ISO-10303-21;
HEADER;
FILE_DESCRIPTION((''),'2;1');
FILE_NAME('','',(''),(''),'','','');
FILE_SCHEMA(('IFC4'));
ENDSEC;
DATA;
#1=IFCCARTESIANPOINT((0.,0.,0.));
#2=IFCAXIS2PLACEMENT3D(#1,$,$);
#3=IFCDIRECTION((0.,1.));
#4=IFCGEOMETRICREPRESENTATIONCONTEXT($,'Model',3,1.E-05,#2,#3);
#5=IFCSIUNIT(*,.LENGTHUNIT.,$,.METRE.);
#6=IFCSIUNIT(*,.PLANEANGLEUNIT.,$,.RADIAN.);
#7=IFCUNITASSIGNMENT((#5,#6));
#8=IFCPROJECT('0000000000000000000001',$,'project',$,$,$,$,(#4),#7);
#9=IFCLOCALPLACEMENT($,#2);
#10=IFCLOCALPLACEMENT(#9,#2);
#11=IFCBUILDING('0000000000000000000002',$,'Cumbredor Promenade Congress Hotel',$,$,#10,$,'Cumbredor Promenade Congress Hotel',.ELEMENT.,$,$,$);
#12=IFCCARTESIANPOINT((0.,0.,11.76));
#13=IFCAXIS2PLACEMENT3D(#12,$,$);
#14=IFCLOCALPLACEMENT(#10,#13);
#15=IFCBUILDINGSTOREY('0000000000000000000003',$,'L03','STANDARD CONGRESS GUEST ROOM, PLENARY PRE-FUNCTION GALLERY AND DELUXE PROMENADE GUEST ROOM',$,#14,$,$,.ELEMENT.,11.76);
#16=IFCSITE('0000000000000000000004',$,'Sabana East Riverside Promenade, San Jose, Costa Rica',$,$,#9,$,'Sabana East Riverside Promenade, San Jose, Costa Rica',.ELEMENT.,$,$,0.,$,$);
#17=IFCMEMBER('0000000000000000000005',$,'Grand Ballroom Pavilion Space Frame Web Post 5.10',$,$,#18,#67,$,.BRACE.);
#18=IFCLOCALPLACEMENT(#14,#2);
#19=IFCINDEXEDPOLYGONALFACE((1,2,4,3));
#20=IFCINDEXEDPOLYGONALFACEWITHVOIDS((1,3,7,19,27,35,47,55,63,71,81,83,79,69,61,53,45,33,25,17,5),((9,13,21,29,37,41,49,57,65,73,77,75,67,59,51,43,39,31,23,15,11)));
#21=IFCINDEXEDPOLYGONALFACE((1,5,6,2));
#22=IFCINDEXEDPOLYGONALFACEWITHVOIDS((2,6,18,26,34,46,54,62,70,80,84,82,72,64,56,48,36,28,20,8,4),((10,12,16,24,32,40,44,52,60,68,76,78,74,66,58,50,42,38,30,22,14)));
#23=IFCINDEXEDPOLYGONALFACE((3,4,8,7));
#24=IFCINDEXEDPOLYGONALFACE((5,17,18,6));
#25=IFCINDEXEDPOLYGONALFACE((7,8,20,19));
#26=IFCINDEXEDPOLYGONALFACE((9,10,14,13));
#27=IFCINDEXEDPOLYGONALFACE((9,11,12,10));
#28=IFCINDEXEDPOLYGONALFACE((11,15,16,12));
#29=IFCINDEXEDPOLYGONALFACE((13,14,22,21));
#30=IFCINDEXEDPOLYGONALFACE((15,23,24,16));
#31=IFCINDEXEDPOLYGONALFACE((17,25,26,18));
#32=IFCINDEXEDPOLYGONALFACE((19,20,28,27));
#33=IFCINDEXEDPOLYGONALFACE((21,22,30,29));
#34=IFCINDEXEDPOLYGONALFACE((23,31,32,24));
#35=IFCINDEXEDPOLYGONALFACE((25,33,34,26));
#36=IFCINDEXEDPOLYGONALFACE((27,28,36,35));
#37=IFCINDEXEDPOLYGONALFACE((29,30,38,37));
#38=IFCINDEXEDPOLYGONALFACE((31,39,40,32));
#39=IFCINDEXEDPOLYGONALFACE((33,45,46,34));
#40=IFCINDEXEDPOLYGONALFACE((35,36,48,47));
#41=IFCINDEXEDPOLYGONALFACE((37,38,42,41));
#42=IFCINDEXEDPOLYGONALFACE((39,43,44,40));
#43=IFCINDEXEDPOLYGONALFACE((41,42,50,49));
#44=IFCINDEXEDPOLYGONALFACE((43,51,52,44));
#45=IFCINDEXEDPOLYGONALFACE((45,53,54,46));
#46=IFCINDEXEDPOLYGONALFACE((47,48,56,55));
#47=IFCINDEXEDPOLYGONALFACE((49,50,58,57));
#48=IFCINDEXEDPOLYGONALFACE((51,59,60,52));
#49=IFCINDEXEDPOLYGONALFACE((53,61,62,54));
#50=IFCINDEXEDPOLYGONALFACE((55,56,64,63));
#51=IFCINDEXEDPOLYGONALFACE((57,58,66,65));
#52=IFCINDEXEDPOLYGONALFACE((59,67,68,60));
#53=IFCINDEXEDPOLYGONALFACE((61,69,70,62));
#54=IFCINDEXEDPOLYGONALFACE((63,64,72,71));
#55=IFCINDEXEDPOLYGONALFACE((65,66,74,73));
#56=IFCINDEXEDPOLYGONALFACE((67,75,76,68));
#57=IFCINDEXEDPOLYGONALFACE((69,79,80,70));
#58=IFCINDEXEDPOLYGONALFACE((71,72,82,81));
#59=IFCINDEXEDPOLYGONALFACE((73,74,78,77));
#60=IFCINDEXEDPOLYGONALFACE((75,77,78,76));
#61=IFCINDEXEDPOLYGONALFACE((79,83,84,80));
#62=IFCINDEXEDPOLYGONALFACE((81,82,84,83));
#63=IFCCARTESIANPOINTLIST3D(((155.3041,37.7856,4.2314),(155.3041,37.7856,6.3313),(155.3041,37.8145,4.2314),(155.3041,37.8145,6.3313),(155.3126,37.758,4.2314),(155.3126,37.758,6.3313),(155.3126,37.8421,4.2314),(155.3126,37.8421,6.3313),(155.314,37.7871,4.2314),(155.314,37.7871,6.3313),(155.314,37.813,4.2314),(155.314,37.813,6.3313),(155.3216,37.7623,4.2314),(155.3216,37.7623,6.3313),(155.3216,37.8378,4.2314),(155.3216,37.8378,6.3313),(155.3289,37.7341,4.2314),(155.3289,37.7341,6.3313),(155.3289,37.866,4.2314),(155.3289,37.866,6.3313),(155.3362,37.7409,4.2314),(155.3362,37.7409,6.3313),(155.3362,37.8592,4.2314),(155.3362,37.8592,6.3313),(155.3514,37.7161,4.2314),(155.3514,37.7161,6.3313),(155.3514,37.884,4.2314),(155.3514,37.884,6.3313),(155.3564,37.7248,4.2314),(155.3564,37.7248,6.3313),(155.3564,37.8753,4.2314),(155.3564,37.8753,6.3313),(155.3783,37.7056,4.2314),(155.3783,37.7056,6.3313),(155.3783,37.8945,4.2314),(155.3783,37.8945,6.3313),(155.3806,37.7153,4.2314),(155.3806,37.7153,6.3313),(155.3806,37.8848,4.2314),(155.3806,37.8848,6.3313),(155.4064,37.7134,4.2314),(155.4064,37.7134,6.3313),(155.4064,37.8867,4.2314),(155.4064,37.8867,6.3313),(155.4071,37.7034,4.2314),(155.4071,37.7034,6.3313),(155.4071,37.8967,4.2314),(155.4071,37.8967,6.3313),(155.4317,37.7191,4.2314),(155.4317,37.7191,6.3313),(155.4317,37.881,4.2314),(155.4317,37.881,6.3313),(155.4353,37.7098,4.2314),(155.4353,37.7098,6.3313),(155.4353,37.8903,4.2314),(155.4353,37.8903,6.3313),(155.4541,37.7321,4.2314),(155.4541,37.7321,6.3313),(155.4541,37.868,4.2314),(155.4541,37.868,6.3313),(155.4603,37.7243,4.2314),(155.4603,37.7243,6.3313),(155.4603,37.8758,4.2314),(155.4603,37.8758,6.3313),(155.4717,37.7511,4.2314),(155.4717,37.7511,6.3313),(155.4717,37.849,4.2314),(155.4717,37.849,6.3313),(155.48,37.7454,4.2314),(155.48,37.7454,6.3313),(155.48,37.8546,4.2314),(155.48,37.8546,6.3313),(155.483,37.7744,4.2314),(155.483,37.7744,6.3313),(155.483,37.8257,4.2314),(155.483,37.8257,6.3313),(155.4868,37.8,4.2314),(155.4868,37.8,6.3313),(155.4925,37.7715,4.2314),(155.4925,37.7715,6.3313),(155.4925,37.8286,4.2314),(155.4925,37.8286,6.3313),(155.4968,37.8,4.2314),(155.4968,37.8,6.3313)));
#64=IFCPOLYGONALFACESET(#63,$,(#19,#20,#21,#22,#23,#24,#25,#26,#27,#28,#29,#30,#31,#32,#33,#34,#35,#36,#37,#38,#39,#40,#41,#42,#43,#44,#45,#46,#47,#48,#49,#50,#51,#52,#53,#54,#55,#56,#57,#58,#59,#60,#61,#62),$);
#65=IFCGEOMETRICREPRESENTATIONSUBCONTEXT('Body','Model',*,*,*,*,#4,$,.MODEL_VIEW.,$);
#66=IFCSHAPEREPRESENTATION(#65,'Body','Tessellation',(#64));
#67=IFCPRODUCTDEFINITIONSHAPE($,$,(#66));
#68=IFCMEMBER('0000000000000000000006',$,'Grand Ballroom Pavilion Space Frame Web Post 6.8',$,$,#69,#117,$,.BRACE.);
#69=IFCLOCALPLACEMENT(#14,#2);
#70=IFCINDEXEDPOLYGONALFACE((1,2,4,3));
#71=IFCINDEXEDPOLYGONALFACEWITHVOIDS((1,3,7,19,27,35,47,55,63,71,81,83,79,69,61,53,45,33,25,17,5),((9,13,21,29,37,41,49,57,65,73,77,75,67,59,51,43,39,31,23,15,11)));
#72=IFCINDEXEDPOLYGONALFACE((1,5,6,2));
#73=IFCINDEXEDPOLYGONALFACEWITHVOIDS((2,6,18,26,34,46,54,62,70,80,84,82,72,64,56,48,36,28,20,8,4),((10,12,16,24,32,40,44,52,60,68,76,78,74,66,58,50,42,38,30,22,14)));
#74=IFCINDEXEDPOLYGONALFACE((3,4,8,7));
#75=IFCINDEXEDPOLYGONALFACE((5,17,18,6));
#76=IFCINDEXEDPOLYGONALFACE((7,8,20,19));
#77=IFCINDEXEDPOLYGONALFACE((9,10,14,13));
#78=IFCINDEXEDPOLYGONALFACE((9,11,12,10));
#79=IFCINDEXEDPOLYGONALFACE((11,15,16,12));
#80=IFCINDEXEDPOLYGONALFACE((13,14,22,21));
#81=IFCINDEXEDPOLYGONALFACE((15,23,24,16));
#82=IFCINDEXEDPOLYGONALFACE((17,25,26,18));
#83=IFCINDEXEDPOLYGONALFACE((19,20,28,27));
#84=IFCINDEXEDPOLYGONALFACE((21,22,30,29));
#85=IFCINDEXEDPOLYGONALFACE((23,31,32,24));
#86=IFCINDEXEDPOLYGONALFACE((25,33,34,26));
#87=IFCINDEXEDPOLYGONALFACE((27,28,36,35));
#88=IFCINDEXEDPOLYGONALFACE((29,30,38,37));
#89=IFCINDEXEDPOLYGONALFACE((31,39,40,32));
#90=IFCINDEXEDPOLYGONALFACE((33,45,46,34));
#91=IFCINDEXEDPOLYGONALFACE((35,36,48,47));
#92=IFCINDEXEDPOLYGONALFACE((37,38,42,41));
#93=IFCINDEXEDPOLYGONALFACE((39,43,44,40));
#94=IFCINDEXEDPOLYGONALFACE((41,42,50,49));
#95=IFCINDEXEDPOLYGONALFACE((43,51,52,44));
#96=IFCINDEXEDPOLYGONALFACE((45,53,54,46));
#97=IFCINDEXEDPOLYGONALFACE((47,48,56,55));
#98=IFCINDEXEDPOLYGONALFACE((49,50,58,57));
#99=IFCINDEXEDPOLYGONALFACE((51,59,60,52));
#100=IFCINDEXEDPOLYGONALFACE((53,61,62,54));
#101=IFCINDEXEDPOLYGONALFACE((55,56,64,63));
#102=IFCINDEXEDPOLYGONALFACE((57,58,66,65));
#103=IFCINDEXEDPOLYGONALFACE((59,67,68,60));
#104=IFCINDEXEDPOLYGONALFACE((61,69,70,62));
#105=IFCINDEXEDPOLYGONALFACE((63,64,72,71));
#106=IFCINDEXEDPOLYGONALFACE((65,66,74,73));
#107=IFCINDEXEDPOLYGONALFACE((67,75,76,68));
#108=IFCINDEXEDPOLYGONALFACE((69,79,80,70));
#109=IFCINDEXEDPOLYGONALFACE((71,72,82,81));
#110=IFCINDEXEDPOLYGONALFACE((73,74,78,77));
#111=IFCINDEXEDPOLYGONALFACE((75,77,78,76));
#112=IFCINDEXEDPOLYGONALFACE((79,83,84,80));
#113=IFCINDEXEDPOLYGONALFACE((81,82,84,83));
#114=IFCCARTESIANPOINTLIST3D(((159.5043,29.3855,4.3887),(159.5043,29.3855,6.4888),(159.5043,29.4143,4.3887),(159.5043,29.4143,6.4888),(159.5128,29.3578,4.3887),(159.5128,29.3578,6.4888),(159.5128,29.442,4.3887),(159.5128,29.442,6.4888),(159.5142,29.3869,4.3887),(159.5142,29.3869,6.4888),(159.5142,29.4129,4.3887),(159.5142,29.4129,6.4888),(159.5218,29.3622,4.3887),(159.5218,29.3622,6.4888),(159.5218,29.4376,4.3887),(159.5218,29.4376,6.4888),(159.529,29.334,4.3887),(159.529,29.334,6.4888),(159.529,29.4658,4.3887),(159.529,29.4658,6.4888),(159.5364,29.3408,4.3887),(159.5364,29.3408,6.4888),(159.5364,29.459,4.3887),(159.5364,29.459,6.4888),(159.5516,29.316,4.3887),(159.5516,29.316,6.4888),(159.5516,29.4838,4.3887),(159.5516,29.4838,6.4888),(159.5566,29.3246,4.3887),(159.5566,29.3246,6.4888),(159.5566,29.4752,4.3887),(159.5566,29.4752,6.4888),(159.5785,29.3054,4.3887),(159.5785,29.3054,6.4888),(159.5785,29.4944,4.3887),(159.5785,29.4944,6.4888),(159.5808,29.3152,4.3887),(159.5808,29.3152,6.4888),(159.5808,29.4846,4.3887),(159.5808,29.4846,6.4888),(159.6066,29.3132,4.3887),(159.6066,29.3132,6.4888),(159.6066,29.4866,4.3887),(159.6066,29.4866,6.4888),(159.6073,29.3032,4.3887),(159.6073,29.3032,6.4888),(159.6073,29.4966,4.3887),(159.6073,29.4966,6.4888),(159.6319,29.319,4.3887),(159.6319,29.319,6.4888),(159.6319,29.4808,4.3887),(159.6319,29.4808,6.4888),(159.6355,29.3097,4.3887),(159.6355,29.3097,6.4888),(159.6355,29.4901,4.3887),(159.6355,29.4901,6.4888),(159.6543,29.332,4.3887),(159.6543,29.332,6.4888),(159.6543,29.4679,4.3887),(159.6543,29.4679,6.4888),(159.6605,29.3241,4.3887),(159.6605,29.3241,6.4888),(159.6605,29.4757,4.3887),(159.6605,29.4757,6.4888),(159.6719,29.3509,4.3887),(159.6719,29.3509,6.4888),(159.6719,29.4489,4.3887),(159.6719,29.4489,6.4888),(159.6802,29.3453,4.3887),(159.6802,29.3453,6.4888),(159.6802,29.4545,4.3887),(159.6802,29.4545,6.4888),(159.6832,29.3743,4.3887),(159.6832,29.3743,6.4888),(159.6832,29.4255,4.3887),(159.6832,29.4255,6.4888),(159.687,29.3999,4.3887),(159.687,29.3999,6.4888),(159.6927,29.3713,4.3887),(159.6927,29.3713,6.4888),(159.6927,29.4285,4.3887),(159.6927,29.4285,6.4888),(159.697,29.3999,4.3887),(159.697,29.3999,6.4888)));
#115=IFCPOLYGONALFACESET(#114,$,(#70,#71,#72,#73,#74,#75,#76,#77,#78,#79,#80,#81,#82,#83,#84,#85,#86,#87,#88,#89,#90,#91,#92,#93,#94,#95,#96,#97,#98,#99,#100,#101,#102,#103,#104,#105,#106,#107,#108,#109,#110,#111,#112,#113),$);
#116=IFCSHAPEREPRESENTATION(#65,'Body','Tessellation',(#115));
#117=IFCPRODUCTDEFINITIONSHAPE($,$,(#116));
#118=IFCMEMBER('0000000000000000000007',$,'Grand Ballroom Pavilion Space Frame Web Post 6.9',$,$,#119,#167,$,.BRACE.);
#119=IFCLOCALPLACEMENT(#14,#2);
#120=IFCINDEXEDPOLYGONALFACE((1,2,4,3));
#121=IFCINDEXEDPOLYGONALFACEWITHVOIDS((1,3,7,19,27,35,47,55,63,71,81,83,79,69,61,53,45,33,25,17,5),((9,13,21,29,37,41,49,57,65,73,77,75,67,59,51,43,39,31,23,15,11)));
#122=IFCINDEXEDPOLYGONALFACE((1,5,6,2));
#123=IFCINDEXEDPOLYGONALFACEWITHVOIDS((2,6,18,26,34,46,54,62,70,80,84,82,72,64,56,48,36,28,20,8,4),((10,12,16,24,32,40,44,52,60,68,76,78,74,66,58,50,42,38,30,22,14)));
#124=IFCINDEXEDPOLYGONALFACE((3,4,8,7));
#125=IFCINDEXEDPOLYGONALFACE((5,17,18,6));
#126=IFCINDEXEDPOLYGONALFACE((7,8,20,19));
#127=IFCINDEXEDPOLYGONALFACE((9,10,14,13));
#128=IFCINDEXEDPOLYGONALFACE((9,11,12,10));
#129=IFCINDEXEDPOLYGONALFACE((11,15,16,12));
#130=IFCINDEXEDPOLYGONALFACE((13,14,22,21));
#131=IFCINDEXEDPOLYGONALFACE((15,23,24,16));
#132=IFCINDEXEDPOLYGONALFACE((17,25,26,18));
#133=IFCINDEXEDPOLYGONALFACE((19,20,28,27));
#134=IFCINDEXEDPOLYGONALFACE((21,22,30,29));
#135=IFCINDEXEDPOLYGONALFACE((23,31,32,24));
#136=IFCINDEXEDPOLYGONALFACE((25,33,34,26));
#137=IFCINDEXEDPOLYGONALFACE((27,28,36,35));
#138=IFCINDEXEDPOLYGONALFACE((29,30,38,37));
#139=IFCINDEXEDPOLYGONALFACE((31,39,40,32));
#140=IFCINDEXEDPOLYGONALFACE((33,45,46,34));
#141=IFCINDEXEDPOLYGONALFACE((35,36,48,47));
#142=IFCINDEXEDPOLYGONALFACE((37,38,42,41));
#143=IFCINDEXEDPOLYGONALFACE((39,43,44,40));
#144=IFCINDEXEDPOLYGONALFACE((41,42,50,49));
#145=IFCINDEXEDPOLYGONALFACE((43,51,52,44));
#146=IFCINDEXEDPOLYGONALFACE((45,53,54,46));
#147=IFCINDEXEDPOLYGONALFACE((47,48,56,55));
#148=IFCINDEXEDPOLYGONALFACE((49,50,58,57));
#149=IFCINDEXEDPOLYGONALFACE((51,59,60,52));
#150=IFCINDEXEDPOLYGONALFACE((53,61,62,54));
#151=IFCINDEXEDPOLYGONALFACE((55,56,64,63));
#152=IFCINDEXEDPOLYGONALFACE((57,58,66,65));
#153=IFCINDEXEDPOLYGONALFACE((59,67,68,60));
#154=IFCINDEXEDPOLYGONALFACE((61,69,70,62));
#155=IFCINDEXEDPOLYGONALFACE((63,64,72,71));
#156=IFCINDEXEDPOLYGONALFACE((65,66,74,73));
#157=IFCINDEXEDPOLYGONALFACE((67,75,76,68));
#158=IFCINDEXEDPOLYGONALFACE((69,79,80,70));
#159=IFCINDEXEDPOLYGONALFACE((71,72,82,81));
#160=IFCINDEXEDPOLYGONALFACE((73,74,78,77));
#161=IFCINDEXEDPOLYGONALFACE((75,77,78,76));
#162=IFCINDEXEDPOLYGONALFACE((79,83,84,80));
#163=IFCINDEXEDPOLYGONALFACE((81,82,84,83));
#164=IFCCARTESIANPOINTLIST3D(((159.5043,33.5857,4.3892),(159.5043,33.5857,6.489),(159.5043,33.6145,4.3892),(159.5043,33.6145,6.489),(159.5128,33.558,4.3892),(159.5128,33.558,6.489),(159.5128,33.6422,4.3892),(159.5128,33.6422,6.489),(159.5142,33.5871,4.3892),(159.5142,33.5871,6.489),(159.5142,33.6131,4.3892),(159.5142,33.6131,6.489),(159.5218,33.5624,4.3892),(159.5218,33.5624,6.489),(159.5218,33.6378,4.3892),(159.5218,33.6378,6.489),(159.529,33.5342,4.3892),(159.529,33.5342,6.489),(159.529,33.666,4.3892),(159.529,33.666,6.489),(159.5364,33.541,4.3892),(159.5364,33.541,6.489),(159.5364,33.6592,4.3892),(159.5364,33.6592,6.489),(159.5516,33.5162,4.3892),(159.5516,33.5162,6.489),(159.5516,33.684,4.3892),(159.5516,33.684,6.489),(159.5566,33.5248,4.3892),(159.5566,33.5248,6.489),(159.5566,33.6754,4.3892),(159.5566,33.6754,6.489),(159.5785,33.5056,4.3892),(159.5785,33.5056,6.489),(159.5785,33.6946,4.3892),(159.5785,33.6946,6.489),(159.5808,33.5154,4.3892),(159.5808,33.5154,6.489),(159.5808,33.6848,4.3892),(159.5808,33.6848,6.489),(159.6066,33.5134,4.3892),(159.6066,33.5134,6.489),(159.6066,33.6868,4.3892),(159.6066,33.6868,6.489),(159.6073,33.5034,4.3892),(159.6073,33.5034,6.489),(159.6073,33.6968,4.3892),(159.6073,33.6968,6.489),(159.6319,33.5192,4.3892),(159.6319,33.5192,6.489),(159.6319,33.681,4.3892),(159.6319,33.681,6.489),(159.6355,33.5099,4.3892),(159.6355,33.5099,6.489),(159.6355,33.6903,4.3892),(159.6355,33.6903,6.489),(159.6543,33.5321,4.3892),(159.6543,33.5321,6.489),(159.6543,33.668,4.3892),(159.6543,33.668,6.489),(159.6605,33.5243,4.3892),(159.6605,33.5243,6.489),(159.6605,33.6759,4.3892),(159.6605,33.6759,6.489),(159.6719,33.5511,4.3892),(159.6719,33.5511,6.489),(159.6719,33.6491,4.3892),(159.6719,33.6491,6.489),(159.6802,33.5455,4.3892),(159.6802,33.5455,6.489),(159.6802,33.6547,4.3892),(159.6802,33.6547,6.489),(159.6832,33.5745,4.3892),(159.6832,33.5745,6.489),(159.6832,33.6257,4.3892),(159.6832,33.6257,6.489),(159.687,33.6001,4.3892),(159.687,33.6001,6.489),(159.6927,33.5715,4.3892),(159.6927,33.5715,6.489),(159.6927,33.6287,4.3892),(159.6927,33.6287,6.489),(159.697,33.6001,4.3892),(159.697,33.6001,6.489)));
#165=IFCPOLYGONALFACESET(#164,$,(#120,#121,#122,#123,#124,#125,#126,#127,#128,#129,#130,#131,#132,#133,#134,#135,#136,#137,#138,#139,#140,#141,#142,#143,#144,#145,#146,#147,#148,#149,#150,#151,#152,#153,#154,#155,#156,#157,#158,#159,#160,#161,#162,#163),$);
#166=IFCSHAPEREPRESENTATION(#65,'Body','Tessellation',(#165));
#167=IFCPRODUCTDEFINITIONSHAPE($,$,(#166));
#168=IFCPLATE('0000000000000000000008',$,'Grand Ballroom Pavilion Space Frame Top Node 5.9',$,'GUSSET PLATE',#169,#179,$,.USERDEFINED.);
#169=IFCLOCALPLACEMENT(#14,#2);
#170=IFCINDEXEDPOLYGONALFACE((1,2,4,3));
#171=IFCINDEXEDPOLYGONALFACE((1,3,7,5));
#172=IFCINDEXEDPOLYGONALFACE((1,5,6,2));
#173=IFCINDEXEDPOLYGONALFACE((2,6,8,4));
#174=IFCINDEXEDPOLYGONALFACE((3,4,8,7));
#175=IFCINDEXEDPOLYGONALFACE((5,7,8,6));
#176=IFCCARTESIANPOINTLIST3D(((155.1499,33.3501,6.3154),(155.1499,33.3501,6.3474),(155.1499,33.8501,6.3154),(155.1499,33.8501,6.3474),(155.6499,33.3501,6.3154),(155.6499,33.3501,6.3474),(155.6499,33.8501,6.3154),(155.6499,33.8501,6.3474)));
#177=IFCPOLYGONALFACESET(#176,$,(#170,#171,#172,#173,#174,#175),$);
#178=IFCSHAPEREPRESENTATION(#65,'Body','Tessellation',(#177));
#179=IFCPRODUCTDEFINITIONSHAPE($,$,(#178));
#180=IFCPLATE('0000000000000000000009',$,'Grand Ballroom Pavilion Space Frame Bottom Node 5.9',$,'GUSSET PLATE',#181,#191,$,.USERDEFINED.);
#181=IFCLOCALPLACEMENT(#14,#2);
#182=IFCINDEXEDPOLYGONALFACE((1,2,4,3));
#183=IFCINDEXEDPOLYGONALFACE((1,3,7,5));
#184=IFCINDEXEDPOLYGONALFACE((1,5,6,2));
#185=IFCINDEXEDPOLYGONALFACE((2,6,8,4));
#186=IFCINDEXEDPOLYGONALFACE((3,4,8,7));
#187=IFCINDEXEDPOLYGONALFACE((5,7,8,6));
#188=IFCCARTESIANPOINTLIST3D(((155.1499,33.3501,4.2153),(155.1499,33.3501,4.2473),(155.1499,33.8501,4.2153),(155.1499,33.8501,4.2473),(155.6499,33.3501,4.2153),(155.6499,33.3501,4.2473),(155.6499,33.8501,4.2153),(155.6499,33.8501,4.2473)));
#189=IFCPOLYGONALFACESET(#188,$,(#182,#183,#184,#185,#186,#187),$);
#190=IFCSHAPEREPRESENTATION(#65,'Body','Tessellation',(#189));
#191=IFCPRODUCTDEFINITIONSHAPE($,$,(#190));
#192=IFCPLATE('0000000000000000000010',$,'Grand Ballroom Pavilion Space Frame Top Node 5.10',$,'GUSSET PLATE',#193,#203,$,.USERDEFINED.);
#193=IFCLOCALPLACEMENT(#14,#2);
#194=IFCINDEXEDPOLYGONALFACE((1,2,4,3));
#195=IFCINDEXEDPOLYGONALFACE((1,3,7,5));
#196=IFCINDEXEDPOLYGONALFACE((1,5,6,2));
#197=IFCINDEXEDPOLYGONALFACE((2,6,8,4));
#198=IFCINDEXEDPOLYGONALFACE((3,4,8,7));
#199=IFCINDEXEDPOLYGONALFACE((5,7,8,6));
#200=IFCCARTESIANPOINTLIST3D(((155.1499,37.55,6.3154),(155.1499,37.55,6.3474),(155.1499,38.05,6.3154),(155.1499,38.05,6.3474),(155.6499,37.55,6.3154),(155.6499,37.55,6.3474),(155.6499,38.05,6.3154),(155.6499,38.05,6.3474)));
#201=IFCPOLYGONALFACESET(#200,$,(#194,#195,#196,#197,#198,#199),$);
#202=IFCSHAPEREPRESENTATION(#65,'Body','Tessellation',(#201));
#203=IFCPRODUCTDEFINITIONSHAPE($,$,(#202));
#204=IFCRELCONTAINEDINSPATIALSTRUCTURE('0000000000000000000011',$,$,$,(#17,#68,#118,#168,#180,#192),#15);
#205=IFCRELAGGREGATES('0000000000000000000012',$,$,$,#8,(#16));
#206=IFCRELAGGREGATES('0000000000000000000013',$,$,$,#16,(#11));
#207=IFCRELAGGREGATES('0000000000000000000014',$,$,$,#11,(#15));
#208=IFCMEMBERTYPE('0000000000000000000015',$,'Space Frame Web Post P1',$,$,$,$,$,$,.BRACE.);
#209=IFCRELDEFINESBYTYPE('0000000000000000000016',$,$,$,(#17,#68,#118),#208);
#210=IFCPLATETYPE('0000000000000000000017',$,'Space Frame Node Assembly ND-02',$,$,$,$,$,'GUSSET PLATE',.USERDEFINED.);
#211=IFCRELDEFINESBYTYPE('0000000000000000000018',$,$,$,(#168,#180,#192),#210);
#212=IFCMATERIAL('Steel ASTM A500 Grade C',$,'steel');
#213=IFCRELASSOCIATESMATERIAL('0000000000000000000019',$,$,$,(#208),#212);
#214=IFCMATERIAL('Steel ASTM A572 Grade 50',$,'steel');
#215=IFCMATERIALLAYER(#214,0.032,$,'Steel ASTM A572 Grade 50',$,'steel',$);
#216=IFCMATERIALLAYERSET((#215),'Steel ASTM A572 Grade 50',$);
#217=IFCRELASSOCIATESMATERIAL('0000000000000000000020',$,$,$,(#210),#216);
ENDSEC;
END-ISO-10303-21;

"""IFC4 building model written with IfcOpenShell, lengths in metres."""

from ifc_helpers import new_model, si_unit, direction, frame, origin, origin_2d, place, context, subcontext, project, spatial, rectangle, hollow_circle, extrude, material, layer, layer_set, material_profile, profile_set, type_object, element, save


model = new_model("IFC4")

# Units and contexts
model_context = context("Model", 3, precision=1e-05, world=origin(), true_north=direction((0.0, 1.0)))
body_context = subcontext(model_context, "Body", "Model", "MODEL_VIEW")
ifc_project = project(units=[si_unit("LENGTHUNIT", "METRE"), si_unit("PLANEANGLEUNIT", "RADIAN")], contexts=[model_context])

# Site, building, storey
site_placement = place(None, origin())
site = spatial("IfcSite", under=ifc_project, at=site_placement, Name="Sabana East Riverside Promenade, San Jose, Costa Rica", LongName="Sabana East Riverside Promenade, San Jose, Costa Rica", CompositionType="ELEMENT", RefElevation=0.0)
building_placement = place(site_placement, origin())
building = spatial("IfcBuilding", under=site, at=building_placement, Name="Cumbredor Promenade Congress Hotel", LongName="Cumbredor Promenade Congress Hotel", CompositionType="ELEMENT")
storey_placement = place(building_placement, frame((0.0, 0.0, 11.76)))
storey = spatial("IfcBuildingStorey", under=building, at=storey_placement, Name="L03", Description="STANDARD CONGRESS GUEST ROOM, PLENARY PRE-FUNCTION GALLERY AND DELUXE PROMENADE GUEST ROOM", CompositionType="ELEMENT", Elevation=11.76)

# Members
ifc_material_1 = material(Name="Steel ASTM A500 Grade C", Category="steel")
ifc_material_profile_1 = material_profile(ifc_material_1, hollow_circle(Radius=0.0969, WallThickness=0.01, at=origin_2d()), Name="CHS 193.7x10")
ifc_profile_set_1 = profile_set([ifc_material_profile_1], Name="Steel ASTM A500 Grade C")
member_type_1 = type_object("IfcMemberType", Name="Space Frame Web Post P1", PredefinedType="BRACE", material=ifc_profile_set_1)
for number, where, z_axis, x_axis, name in (
    (1, (155.3999, 37.8, 4.2314), (0.0, 0.0, 1.0), (1.0, 0.0, 0.0), "Grand Ballroom Pavilion Space Frame Web Post 5.10"),
):
    element("IfcMember", number, at=place(storey_placement, frame(where, z_axis=z_axis, x_axis=x_axis)), inside=storey, type_object=member_type_1, Name=name, PredefinedType="BRACE", context=body_context, shape_type="SweptSolid", body=[
        extrude(hollow_circle(Radius=0.0969, WallThickness=0.01, at=origin_2d()), origin(), (0.0, 0.0, 1.0), 2.0999),
    ])
member_1_placement = place(storey_placement, frame((159.6001, 29.3999, 4.3887), z_axis=(0.0, 0.0, 1.0), x_axis=(1.0, 0.0, 0.0)))
element("IfcMember", 2, at=member_1_placement, inside=storey, type_object=member_type_1, Name="Grand Ballroom Pavilion Space Frame Web Post 6.8", PredefinedType="BRACE", context=body_context, shape_type="SweptSolid", body=[
    extrude(hollow_circle(Radius=0.0969, WallThickness=0.01, at=origin_2d()), origin(), (0.0, 0.0, 1.0), 2.1001),
])
member_2_placement = place(storey_placement, frame((159.6001, 33.6001, 4.3892), z_axis=(0.0, 0.0, 1.0), x_axis=(1.0, 0.0, 0.0)))
element("IfcMember", 3, at=member_2_placement, inside=storey, type_object=member_type_1, Name="Grand Ballroom Pavilion Space Frame Web Post 6.9", PredefinedType="BRACE", context=body_context, shape_type="SweptSolid", body=[
    extrude(hollow_circle(Radius=0.0969, WallThickness=0.01, at=origin_2d()), origin(), (0.0, 0.0, 1.0), 2.0999),
])

# Plates
ifc_material_2 = material(Name="Steel ASTM A572 Grade 50", Category="steel")
ifc_layer = layer(ifc_material_2, 0.032, Name="Steel ASTM A572 Grade 50", Category="steel")
ifc_layer_set = layer_set([ifc_layer], Name="Steel ASTM A572 Grade 50")
plate_type = type_object("IfcPlateType", Name="Space Frame Node Assembly ND-02", ElementType="GUSSET PLATE", PredefinedType="USERDEFINED", material=ifc_layer_set)
for number, where, z_axis, x_axis, name in (
    (4, (155.3999, 33.6001, 6.3154), (0.0, 0.0, 1.0), (1.0, 0.0, 0.0), "Grand Ballroom Pavilion Space Frame Top Node 5.9"),
    (5, (155.3999, 33.6001, 4.2153), (0.0, 0.0, 1.0), (1.0, 0.0, 0.0), "Grand Ballroom Pavilion Space Frame Bottom Node 5.9"),
    (6, (155.3999, 37.8, 6.3154), (0.0, 0.0, 1.0), (1.0, 0.0, 0.0), "Grand Ballroom Pavilion Space Frame Top Node 5.10"),
):
    element("IfcPlate", number, at=place(storey_placement, frame(where, z_axis=z_axis, x_axis=x_axis)), inside=storey, type_object=plate_type, Name=name, ObjectType="GUSSET PLATE", PredefinedType="USERDEFINED", context=body_context, shape_type="SweptSolid", body=[
        extrude(rectangle(XDim=0.5, YDim=0.5, at=origin_2d()), origin(), (0.0, 0.0, 1.0), 0.032),
    ])

save(model, "model.ifc")
